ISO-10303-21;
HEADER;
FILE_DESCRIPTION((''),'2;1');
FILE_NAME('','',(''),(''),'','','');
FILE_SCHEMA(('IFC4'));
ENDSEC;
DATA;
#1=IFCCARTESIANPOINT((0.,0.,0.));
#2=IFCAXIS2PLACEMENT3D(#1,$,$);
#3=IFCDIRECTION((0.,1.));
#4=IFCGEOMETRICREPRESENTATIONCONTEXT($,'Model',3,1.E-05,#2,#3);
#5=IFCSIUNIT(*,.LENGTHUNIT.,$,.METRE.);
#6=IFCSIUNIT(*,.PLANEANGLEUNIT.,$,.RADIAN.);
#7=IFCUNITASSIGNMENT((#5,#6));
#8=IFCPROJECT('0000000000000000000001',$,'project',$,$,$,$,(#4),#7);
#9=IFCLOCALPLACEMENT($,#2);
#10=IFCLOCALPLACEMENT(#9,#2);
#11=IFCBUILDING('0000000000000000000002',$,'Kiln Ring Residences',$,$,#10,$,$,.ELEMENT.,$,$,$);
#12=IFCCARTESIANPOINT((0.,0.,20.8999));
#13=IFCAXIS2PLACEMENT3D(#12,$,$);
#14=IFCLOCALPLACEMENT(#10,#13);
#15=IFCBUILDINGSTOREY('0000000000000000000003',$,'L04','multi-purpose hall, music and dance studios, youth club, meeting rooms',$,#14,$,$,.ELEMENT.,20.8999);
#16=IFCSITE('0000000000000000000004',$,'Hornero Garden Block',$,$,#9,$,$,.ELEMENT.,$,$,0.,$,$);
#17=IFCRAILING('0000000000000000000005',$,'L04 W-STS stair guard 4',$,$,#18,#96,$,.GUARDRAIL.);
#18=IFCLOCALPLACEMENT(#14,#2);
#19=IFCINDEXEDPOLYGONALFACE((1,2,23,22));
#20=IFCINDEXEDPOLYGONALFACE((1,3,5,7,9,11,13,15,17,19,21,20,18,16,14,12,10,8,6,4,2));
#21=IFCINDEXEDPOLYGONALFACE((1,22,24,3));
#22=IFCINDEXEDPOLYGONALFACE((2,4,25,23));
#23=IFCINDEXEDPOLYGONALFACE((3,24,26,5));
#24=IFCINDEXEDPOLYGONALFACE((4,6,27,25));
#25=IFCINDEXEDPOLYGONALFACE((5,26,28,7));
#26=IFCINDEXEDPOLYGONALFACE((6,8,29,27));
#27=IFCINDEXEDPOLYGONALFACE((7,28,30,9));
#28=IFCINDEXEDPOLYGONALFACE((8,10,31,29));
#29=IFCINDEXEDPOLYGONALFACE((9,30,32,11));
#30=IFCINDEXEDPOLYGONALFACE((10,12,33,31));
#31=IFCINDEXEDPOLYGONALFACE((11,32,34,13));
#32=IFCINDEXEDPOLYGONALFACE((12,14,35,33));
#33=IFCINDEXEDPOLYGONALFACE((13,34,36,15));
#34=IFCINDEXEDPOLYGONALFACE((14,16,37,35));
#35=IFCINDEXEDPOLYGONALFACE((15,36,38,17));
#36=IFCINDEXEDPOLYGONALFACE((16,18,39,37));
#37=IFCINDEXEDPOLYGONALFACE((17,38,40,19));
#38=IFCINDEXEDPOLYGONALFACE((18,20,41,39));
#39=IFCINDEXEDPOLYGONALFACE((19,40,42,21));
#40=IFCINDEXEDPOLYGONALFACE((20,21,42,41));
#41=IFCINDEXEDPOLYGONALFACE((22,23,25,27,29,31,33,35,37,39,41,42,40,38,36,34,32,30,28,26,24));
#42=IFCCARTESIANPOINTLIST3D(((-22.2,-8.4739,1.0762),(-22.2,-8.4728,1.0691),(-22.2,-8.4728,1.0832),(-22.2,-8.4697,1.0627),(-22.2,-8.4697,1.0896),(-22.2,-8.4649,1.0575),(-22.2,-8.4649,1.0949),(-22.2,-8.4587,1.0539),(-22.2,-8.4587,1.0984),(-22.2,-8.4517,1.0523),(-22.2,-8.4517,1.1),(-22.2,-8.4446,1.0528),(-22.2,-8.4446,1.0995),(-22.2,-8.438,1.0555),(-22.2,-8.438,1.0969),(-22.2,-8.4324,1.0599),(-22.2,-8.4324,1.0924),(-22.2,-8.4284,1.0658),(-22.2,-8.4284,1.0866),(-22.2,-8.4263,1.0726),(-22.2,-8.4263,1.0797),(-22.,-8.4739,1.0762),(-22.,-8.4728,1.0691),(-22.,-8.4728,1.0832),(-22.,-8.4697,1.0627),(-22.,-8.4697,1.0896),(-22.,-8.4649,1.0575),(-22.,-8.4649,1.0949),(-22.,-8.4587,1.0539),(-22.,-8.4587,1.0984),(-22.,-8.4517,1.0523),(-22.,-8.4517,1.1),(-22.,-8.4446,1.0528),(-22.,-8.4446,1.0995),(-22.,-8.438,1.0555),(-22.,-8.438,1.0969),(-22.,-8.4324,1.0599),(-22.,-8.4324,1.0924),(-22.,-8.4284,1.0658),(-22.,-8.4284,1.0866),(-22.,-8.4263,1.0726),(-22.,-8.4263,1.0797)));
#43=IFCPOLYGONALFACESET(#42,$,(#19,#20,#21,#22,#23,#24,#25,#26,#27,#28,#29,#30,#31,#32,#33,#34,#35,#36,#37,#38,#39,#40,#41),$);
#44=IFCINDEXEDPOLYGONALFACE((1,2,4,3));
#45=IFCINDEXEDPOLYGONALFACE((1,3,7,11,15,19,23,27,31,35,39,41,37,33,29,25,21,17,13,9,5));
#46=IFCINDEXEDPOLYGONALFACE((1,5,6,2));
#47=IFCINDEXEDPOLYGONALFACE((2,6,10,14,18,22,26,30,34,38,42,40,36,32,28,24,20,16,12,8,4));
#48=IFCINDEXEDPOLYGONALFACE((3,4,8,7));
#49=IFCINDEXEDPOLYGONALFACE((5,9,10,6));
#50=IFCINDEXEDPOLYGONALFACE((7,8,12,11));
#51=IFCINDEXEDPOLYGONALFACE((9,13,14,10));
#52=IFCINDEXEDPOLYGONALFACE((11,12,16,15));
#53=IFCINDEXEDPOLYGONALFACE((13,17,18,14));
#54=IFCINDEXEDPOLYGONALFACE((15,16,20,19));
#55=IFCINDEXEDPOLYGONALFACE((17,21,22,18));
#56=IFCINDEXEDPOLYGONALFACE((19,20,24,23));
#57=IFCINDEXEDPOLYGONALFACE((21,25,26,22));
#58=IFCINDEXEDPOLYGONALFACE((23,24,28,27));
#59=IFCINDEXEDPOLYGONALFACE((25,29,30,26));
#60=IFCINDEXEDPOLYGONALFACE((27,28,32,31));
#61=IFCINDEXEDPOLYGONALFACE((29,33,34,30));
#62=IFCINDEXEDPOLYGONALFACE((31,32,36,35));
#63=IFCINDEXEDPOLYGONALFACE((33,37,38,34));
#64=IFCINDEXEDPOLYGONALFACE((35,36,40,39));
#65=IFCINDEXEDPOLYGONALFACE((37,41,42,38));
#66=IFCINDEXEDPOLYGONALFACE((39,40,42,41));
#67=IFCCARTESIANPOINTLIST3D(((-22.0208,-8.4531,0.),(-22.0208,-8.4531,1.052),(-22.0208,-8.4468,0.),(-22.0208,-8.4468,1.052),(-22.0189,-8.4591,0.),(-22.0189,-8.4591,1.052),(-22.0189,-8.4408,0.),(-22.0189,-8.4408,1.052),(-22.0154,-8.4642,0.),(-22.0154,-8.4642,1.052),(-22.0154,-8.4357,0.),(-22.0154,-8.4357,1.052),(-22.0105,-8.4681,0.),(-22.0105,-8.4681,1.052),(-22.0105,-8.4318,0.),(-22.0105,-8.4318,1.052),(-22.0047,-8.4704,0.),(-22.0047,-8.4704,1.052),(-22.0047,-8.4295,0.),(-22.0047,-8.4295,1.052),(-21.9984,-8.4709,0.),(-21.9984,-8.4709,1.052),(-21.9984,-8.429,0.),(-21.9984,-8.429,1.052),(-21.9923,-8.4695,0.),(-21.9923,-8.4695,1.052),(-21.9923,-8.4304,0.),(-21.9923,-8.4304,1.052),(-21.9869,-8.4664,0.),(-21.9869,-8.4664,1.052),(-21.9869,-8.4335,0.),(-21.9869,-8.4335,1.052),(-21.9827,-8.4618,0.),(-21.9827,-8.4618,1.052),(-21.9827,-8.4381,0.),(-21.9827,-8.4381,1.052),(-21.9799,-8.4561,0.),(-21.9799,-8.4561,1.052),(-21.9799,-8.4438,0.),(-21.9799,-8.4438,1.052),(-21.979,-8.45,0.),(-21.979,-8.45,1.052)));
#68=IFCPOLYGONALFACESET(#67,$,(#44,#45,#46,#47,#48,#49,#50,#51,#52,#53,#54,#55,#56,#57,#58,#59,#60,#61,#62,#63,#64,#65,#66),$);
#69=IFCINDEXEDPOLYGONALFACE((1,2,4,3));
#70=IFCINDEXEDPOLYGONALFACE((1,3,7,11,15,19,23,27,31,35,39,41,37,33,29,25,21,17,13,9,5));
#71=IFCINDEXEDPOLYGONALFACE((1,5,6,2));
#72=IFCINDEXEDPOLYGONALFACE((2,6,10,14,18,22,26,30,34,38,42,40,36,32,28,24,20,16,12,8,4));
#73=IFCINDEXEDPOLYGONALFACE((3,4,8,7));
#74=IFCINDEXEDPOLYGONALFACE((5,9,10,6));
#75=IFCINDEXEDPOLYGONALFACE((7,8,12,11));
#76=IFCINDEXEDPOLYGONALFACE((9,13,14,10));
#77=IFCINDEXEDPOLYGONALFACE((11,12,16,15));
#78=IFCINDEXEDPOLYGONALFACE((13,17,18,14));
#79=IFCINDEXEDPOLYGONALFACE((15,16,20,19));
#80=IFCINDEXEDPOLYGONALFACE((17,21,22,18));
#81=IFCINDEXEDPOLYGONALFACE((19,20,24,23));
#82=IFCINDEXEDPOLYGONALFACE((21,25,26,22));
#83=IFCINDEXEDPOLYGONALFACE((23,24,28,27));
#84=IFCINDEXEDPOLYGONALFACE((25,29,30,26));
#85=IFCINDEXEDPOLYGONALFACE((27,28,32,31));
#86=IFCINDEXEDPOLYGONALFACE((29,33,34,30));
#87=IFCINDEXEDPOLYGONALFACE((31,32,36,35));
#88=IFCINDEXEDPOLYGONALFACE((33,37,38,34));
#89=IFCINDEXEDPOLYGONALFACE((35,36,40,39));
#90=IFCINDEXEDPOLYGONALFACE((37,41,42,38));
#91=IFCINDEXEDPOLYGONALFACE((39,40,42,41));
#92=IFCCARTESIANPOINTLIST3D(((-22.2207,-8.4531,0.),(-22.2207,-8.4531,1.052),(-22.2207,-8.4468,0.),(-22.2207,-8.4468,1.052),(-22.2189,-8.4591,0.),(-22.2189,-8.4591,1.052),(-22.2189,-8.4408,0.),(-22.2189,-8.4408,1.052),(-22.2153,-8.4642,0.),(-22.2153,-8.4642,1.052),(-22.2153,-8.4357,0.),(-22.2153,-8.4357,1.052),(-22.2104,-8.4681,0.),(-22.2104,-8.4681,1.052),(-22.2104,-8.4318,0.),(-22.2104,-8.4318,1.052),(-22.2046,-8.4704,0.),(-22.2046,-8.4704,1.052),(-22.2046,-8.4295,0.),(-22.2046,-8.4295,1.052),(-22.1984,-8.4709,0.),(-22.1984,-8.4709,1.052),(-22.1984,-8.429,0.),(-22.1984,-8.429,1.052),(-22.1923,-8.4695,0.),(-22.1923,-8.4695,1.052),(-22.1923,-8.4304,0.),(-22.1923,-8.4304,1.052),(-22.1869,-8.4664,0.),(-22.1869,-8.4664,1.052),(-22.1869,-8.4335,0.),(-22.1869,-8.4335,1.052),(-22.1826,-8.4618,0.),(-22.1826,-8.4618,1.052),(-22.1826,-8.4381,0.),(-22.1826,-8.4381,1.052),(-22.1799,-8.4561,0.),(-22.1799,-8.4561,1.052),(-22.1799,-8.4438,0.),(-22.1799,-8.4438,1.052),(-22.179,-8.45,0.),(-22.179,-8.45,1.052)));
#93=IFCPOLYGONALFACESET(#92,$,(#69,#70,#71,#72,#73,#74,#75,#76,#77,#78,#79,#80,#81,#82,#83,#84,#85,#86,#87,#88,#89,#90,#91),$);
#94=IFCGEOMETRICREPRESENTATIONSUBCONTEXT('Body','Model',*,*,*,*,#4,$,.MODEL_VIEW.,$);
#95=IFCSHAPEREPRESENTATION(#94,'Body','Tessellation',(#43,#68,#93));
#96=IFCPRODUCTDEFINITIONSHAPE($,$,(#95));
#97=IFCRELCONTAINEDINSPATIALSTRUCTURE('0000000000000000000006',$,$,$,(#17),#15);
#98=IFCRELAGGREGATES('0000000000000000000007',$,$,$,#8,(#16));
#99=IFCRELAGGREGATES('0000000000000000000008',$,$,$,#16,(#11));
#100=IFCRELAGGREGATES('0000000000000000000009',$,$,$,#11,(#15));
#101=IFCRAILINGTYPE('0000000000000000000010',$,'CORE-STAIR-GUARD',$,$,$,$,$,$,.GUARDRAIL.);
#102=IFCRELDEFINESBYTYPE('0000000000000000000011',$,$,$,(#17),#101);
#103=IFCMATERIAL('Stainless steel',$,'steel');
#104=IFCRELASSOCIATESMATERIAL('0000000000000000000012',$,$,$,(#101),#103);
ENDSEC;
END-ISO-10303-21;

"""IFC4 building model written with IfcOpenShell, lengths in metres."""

from ifc_helpers import new_model, si_unit, direction, frame, origin, origin_2d, place, context, subcontext, project, spatial, circle, extrude, material, type_object, element, save


model = new_model("IFC4")

# Units and contexts
model_context = context("Model", 3, precision=1e-05, world=origin(), true_north=direction((0.0, 1.0)))
body_context = subcontext(model_context, "Body", "Model", "MODEL_VIEW")
ifc_project = project(units=[si_unit("LENGTHUNIT", "METRE"), si_unit("PLANEANGLEUNIT", "RADIAN")], contexts=[model_context])

# Site, building, storey
site_placement = place(None, origin())
site = spatial("IfcSite", under=ifc_project, at=site_placement, Name="Hornero Garden Block", CompositionType="ELEMENT", RefElevation=0.0)
building_placement = place(site_placement, origin())
building = spatial("IfcBuilding", under=site, at=building_placement, Name="Kiln Ring Residences", CompositionType="ELEMENT")
storey_placement = place(building_placement, frame((0.0, 0.0, 20.8999)))
storey = spatial("IfcBuildingStorey", under=building, at=storey_placement, Name="L04", Description="multi-purpose hall, music and dance studios, youth club, meeting rooms", CompositionType="ELEMENT", Elevation=20.8999)

# Railing
ifc_material_1 = material(Name="Stainless steel", Category="steel")
railing_type_1 = type_object("IfcRailingType", Name="CORE-STAIR-GUARD", PredefinedType="GUARDRAIL", material=ifc_material_1)
railing_1_placement = place(storey_placement, frame((-22.0, -8.45, 0.0)))
element("IfcRailing", 1, at=railing_1_placement, inside=storey, type_object=railing_type_1, Name="L04 W-STS stair guard 4", PredefinedType="GUARDRAIL", context=body_context, shape_type="SweptSolid", body=[
    extrude(circle(Radius=0.0239, at=origin_2d()), frame((0.0, 0.0, 1.0762), z_axis=(-1.0, 0.0, 0.0), x_axis=(0.0, -1.0, 0.0)), (0.0, 0.0, 1.0), 0.2),
    extrude(circle(Radius=0.021, at=origin_2d()), origin(), (0.0, 0.0, 1.0), 1.052),
    extrude(circle(Radius=0.021, at=origin_2d()), frame((-0.2, 0.0, 0.0)), (0.0, 0.0, 1.0), 1.052),
])

save(model, "model.ifc")
